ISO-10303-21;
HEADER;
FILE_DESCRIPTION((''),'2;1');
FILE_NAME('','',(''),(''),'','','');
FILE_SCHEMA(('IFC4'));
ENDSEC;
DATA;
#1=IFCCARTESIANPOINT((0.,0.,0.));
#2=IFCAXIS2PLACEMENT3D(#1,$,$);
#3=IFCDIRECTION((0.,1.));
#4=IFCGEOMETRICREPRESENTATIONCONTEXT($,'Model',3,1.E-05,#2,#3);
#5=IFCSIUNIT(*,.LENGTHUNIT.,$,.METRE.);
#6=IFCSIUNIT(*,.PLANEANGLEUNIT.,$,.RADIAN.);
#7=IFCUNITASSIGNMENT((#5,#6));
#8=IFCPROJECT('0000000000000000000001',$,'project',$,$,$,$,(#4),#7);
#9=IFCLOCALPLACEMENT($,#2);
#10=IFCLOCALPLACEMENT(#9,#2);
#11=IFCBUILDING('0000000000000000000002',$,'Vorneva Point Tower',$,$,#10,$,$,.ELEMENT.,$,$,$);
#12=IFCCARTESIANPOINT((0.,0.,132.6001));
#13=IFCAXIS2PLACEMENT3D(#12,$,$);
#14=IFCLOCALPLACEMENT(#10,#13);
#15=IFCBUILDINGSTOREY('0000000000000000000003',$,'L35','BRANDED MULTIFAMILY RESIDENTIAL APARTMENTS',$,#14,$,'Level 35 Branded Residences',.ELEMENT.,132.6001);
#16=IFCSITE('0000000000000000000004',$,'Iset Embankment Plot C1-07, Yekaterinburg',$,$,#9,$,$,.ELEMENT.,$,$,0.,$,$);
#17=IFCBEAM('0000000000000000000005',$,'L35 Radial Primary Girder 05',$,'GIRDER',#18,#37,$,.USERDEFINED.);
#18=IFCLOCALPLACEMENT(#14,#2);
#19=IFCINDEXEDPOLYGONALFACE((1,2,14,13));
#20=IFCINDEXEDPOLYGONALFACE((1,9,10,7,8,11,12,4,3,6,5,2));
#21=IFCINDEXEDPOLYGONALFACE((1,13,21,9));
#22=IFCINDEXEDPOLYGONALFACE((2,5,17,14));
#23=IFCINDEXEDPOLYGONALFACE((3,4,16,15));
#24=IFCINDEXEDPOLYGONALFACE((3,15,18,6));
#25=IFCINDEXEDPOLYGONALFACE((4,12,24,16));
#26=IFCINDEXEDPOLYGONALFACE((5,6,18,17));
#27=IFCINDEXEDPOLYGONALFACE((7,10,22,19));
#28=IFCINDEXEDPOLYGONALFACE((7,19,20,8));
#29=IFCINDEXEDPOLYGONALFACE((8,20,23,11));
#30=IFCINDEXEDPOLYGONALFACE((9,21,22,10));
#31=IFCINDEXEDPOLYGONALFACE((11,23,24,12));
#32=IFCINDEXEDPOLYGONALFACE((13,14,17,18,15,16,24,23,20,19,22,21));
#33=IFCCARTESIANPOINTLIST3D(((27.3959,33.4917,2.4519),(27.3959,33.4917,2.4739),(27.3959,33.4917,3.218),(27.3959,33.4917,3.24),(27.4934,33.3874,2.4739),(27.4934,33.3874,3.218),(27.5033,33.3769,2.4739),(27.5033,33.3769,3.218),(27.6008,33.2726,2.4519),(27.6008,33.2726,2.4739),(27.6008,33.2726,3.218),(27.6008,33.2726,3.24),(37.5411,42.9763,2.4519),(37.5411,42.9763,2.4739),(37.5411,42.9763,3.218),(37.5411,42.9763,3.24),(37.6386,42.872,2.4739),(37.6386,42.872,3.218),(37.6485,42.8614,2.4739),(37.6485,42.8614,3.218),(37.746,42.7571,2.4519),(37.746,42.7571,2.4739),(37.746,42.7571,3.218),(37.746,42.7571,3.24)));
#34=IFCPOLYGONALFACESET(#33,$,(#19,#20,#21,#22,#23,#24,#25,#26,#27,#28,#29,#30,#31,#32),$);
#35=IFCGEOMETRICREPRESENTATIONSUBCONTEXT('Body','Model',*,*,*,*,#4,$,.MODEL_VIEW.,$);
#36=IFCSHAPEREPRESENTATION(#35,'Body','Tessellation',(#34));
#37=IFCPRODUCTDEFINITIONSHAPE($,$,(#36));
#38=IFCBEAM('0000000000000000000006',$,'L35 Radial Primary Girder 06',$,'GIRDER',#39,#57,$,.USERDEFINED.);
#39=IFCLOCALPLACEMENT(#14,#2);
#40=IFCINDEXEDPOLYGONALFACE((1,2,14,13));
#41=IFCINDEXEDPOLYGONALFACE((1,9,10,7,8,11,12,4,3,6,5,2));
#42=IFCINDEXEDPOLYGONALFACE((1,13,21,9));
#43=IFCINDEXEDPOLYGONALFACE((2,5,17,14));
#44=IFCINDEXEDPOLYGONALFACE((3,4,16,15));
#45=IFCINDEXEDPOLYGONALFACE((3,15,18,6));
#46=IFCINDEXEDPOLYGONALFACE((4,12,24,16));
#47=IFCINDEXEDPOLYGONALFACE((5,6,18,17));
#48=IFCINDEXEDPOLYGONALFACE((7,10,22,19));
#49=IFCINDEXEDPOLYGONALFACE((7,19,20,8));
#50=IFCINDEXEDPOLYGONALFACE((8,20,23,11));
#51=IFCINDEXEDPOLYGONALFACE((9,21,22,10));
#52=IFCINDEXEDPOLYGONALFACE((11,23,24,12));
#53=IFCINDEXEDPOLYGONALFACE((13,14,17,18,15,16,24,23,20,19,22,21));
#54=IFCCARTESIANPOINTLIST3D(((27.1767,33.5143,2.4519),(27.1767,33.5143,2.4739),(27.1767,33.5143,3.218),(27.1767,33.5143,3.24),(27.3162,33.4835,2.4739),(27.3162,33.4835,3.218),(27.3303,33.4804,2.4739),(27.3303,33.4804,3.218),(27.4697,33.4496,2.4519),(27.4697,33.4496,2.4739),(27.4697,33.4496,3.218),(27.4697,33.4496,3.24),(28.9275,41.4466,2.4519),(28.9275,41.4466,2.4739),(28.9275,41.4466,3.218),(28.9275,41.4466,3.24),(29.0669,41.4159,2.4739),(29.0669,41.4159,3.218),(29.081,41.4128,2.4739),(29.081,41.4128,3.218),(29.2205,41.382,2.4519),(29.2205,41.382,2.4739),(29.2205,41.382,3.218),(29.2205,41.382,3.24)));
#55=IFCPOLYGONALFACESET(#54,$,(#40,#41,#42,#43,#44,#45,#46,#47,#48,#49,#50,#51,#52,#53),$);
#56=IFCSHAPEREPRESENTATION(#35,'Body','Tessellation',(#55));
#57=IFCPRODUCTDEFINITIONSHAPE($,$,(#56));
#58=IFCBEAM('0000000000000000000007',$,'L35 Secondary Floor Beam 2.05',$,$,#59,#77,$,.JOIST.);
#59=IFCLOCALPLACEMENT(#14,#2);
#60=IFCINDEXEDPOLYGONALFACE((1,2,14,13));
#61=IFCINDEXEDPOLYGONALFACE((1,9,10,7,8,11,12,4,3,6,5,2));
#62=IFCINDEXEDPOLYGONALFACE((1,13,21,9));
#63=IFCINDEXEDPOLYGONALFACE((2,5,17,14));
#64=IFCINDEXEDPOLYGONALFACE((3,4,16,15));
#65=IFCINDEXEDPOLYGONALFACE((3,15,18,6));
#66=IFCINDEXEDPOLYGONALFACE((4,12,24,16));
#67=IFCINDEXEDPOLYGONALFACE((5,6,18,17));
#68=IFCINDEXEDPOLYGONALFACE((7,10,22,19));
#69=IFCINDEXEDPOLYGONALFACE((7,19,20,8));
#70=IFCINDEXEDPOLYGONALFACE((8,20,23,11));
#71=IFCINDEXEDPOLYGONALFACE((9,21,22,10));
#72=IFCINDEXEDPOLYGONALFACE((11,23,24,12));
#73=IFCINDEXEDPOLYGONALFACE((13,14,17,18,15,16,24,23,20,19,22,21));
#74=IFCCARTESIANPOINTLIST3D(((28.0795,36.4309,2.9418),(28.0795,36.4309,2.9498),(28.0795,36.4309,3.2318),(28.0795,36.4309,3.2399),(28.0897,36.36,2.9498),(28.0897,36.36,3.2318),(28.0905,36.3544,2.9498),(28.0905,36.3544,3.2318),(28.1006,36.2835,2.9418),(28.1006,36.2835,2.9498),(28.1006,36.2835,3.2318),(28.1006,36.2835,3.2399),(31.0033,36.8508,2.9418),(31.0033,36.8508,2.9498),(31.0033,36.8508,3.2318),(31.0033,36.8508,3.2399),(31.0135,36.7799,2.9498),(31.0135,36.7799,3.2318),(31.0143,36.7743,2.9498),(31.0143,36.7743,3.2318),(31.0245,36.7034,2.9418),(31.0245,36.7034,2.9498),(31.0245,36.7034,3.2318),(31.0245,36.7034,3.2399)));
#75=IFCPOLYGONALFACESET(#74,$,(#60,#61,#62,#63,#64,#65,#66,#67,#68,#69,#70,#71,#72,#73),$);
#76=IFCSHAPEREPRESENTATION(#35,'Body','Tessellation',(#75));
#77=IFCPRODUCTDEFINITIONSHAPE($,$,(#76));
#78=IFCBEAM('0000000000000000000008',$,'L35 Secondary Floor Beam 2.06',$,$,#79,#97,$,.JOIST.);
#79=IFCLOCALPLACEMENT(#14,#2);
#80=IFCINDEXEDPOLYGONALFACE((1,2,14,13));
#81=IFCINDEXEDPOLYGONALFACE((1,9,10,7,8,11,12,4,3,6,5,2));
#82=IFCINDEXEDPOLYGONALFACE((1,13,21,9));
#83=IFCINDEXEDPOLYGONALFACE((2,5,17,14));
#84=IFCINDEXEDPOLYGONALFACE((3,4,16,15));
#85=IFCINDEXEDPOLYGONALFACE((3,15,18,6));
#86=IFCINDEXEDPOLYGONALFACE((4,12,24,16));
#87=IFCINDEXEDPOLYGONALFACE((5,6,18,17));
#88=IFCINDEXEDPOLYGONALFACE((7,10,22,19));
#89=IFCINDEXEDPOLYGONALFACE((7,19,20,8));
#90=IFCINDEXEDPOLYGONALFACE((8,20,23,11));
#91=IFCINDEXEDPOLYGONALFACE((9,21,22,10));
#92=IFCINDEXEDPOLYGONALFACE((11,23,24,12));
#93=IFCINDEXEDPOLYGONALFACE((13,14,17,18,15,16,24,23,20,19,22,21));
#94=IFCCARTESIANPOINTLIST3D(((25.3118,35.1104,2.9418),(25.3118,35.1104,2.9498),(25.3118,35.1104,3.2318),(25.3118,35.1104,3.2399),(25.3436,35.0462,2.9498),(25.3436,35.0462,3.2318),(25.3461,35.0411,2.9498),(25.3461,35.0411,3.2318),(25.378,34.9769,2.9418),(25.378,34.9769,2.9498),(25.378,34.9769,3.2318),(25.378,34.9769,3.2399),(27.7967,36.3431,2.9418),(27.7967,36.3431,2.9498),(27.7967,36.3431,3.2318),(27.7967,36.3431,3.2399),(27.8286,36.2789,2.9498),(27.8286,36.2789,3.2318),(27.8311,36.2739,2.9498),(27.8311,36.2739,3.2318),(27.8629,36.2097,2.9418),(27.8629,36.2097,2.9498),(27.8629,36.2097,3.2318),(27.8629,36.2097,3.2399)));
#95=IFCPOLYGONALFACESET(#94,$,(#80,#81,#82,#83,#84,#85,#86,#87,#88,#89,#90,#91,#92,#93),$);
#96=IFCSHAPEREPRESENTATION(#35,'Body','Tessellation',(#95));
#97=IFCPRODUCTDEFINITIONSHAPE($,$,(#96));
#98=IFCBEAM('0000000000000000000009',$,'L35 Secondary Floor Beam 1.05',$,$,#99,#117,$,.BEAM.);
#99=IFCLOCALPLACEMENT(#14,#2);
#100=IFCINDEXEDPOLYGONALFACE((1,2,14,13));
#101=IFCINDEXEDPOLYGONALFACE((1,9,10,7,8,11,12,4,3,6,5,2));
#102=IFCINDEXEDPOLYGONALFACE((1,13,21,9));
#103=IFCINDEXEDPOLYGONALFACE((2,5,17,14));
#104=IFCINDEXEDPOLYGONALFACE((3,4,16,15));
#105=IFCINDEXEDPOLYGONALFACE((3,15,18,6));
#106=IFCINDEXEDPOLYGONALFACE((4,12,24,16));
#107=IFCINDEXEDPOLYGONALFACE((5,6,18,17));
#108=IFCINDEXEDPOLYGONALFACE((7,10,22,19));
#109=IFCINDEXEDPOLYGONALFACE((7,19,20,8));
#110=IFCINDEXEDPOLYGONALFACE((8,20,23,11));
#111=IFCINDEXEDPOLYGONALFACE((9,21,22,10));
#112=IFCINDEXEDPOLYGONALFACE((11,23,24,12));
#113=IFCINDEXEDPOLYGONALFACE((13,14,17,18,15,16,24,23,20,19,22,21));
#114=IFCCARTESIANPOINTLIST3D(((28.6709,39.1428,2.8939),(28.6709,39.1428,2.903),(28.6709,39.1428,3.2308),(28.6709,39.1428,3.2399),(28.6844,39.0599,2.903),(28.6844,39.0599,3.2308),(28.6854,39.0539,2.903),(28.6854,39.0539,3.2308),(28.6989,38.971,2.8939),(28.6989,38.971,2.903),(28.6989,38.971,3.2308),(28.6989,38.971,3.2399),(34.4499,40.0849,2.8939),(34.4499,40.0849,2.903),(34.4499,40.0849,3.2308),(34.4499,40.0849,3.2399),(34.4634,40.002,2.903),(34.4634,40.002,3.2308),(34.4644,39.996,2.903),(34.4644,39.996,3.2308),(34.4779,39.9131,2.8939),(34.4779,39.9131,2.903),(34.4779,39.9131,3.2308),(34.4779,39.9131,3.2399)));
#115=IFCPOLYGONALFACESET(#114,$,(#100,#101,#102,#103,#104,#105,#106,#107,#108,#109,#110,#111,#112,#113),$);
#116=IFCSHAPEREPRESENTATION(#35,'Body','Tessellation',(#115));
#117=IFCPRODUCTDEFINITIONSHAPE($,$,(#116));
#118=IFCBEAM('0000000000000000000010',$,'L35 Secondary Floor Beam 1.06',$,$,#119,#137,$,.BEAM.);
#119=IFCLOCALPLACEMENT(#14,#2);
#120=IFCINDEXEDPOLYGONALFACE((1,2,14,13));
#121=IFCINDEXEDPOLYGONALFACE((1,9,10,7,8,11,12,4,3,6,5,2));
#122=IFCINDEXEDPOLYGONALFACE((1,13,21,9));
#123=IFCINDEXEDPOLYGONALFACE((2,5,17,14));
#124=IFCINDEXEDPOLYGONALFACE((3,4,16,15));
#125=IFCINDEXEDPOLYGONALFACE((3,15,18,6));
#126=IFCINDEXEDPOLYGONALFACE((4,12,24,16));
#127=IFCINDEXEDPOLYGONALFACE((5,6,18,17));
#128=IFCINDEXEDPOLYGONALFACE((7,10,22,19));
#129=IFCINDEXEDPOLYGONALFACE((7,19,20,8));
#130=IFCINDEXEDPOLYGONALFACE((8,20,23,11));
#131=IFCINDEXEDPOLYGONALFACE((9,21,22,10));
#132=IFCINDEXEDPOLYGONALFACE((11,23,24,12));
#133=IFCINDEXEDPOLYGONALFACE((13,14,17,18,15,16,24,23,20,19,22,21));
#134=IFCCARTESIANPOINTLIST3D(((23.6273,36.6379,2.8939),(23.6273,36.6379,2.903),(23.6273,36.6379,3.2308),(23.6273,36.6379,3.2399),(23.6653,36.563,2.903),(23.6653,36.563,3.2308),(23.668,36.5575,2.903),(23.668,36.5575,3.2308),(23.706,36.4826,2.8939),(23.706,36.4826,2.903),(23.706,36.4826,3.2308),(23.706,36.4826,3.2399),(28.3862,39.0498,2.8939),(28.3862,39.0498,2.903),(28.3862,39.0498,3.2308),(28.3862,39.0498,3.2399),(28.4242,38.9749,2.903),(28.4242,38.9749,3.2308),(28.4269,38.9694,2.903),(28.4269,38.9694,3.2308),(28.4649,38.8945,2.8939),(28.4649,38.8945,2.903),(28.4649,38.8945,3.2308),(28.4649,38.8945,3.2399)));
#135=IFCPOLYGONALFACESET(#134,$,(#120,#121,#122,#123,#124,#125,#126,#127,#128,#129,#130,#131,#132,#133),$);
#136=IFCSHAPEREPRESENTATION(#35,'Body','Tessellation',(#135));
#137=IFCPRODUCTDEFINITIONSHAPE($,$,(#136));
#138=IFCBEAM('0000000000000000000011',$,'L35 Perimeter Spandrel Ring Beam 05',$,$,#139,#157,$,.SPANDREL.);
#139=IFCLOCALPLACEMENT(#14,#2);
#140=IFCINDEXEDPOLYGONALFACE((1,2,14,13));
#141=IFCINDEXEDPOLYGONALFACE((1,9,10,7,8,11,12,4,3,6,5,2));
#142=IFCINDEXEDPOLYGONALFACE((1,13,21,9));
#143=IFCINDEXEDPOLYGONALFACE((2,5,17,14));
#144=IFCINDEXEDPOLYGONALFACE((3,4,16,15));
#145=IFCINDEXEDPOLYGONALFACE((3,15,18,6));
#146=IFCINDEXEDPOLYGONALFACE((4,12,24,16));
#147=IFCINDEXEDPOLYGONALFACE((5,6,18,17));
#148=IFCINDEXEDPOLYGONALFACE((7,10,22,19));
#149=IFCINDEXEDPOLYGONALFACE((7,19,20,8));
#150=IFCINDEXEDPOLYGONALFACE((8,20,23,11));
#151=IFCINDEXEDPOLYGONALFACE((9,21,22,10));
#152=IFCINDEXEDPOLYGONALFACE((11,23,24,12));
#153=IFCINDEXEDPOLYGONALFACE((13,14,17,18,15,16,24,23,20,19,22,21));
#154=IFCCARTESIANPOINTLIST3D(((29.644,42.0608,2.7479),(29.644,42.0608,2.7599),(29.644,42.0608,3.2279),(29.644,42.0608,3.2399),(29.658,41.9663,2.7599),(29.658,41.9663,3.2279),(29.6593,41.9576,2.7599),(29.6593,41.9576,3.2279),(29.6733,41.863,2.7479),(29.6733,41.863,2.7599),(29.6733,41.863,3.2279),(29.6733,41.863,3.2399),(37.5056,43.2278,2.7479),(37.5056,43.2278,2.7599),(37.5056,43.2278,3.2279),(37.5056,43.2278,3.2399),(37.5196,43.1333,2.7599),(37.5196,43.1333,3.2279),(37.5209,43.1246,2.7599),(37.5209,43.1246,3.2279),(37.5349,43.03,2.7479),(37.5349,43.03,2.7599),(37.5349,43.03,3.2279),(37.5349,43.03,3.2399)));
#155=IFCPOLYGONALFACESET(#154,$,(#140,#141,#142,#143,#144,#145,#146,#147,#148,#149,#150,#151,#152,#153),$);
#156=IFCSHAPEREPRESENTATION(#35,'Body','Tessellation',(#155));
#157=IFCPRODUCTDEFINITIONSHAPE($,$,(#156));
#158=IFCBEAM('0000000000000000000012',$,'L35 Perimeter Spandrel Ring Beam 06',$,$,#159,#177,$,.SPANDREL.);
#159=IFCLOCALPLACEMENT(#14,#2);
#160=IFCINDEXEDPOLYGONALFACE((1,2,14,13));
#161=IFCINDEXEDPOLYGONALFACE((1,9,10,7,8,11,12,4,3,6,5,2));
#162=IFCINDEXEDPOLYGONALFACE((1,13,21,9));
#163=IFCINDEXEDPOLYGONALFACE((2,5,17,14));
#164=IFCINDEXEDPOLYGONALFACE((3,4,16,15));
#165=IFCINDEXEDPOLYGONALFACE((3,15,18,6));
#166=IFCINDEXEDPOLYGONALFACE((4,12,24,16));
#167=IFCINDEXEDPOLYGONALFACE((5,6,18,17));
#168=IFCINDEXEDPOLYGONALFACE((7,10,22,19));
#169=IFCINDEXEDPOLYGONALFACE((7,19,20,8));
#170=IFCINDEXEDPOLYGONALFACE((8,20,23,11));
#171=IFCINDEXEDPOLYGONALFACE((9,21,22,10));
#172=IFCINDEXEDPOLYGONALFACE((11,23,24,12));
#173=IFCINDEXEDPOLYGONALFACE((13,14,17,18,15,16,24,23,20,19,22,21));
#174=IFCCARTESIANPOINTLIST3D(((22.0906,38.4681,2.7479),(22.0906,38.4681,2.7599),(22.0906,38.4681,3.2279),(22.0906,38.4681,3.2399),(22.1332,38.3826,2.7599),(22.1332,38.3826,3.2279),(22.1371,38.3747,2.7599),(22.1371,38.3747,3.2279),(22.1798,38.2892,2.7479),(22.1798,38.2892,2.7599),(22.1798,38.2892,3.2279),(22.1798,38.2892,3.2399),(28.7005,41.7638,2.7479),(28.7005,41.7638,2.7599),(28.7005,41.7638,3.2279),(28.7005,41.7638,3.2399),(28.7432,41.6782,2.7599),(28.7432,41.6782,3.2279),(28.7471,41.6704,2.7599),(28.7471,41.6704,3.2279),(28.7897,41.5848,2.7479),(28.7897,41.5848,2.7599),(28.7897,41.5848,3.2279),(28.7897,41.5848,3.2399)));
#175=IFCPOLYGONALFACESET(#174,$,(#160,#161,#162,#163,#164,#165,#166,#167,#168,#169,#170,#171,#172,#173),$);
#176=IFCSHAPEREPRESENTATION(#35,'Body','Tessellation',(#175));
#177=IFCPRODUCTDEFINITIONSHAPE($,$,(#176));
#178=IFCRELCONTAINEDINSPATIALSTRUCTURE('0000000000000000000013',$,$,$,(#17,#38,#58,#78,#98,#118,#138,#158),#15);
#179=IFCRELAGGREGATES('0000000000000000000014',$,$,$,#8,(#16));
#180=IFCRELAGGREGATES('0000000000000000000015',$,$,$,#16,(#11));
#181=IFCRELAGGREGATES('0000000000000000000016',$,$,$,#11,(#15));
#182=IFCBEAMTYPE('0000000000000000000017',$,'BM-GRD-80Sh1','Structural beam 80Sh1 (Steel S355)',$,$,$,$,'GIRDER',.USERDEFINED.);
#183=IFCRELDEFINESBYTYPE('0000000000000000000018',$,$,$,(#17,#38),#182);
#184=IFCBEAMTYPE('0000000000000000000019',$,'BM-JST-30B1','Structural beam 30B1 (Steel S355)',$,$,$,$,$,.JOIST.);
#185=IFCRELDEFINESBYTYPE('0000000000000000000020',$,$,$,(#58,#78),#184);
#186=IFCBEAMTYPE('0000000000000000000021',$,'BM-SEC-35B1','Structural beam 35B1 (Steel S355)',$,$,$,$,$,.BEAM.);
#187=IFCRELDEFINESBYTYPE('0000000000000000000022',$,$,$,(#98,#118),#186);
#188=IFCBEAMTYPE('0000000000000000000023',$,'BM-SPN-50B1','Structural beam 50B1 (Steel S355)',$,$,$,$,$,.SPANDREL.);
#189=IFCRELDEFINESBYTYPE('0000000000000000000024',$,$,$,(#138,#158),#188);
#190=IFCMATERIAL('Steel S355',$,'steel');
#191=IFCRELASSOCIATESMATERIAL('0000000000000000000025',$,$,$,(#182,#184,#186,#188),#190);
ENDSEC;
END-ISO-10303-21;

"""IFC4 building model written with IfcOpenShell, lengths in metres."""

from ifc_helpers import new_model, si_unit, direction, frame, origin, origin_2d, place, context, subcontext, project, spatial, i_section, extrude, material, material_profile, profile_set, type_object, element, save


model = new_model("IFC4")

# Units and contexts
model_context = context("Model", 3, precision=1e-05, world=origin(), true_north=direction((0.0, 1.0)))
body_context = subcontext(model_context, "Body", "Model", "MODEL_VIEW")
ifc_project = project(units=[si_unit("LENGTHUNIT", "METRE"), si_unit("PLANEANGLEUNIT", "RADIAN")], contexts=[model_context])

# Site, building, storey
site_placement = place(None, origin())
site = spatial("IfcSite", under=ifc_project, at=site_placement, Name="Iset Embankment Plot C1-07, Yekaterinburg", CompositionType="ELEMENT", RefElevation=0.0)
building_placement = place(site_placement, origin())
building = spatial("IfcBuilding", under=site, at=building_placement, Name="Vorneva Point Tower", CompositionType="ELEMENT")
storey_placement = place(building_placement, frame((0.0, 0.0, 132.6001)))
storey = spatial("IfcBuildingStorey", under=building, at=storey_placement, Name="L35", Description="BRANDED MULTIFAMILY RESIDENTIAL APARTMENTS", LongName="Level 35 Branded Residences", CompositionType="ELEMENT", Elevation=132.6001)

# Beams
ifc_material_1 = material(Name="Steel S355", Category="steel")
ifc_material_profile_1 = material_profile(ifc_material_1, i_section(OverallWidth=0.3, OverallDepth=0.7881, WebThickness=0.0144, FlangeThickness=0.022, at=origin_2d()), Name="80Sh1")
ifc_profile_set_1 = profile_set([ifc_material_profile_1], Name="Steel S355")
beam_type_1 = type_object("IfcBeamType", Name="BM-GRD-80Sh1", Description="Structural beam 80Sh1 (Steel S355)", ElementType="GIRDER", PredefinedType="USERDEFINED", material=ifc_profile_set_1)
beam_1_placement = place(storey_placement, frame((37.6436, 42.8667, 2.8459), z_axis=(-0.730491, -0.682922, 0.0), x_axis=(0.682922, -0.730491, 0.0)))
element("IfcBeam", 1, at=beam_1_placement, inside=storey, type_object=beam_type_1, Name="L35 Radial Primary Girder 05", ObjectType="GIRDER", PredefinedType="USERDEFINED", context=body_context, shape_type="SweptSolid", body=[
    extrude(i_section(OverallWidth=0.3, OverallDepth=0.7881, WebThickness=0.0144, FlangeThickness=0.022, at=origin_2d()), origin(), (0.0, 0.0, 1.0), 13.8882),
])
beam_2_placement = place(storey_placement, frame((29.074, 41.4143, 2.8459), z_axis=(-0.215521, -0.976499, 0.0), x_axis=(0.976499, -0.215521, 0.0)))
element("IfcBeam", 2, at=beam_2_placement, inside=storey, type_object=beam_type_1, Name="L35 Radial Primary Girder 06", ObjectType="GIRDER", PredefinedType="USERDEFINED", context=body_context, shape_type="SweptSolid", body=[
    extrude(i_section(OverallWidth=0.3, OverallDepth=0.7881, WebThickness=0.0144, FlangeThickness=0.022, at=origin_2d()), origin(), (0.0, 0.0, 1.0), 8.1233),
])
ifc_material_profile_2 = material_profile(ifc_material_1, i_section(OverallWidth=0.1489, OverallDepth=0.2981, WebThickness=0.0056, FlangeThickness=0.0081, at=origin_2d()), Name="30B1")
ifc_profile_set_2 = profile_set([ifc_material_profile_2], Name="Steel S355")
beam_type_2 = type_object("IfcBeamType", Name="BM-JST-30B1", Description="Structural beam 30B1 (Steel S355)", PredefinedType="JOIST", material=ifc_profile_set_2)
beam_3_placement = place(storey_placement, frame((31.0139, 36.7771, 3.0908), z_axis=(-0.989843, -0.142162, 0.0), x_axis=(0.142162, -0.989843, 0.0)))
element("IfcBeam", 3, at=beam_3_placement, inside=storey, type_object=beam_type_2, Name="L35 Secondary Floor Beam 2.05", PredefinedType="JOIST", context=body_context, shape_type="SweptSolid", body=[
    extrude(i_section(OverallWidth=0.1489, OverallDepth=0.2981, WebThickness=0.0056, FlangeThickness=0.0081, at=origin_2d()), origin(), (0.0, 0.0, 1.0), 2.9539),
])
beam_4_placement = place(storey_placement, frame((27.8298, 36.2764, 3.0908), z_axis=(-0.895831, -0.444395, 0.0), x_axis=(0.444395, -0.895831, 0.0)))
element("IfcBeam", 4, at=beam_4_placement, inside=storey, type_object=beam_type_2, Name="L35 Secondary Floor Beam 2.06", PredefinedType="JOIST", context=body_context, shape_type="SweptSolid", body=[
    extrude(i_section(OverallWidth=0.1489, OverallDepth=0.2981, WebThickness=0.0056, FlangeThickness=0.0081, at=origin_2d()), origin(), (0.0, 0.0, 1.0), 2.7739),
])
ifc_material_profile_3 = material_profile(ifc_material_1, i_section(OverallWidth=0.1741, OverallDepth=0.3459, WebThickness=0.0061, FlangeThickness=0.009, at=origin_2d()), Name="35B1")
ifc_profile_set_3 = profile_set([ifc_material_profile_3], Name="Steel S355")
beam_type_3 = type_object("IfcBeamType", Name="BM-SEC-35B1", Description="Structural beam 35B1 (Steel S355)", PredefinedType="BEAM", material=ifc_profile_set_3)
beam_5_placement = place(storey_placement, frame((34.4639, 39.999, 3.0669), z_axis=(-0.98697, -0.160902, 0.0), x_axis=(0.160902, -0.98697, 0.0)))
element("IfcBeam", 5, at=beam_5_placement, inside=storey, type_object=beam_type_3, Name="L35 Secondary Floor Beam 1.05", PredefinedType="BEAM", context=body_context, shape_type="SweptSolid", body=[
    extrude(i_section(OverallWidth=0.1741, OverallDepth=0.3459, WebThickness=0.0061, FlangeThickness=0.009, at=origin_2d()), origin(), (0.0, 0.0, 1.0), 5.8552),
])
beam_6_placement = place(storey_placement, frame((28.4255, 38.9722, 3.0669), z_axis=(-0.891979, -0.452076, 0.0), x_axis=(0.452076, -0.891979, 0.0)))
element("IfcBeam", 6, at=beam_6_placement, inside=storey, type_object=beam_type_3, Name="L35 Secondary Floor Beam 1.06", PredefinedType="BEAM", context=body_context, shape_type="SweptSolid", body=[
    extrude(i_section(OverallWidth=0.1741, OverallDepth=0.3459, WebThickness=0.0061, FlangeThickness=0.009, at=origin_2d()), origin(), (0.0, 0.0, 1.0), 5.3352),
])
ifc_material_profile_4 = material_profile(ifc_material_1, i_section(OverallWidth=0.2, OverallDepth=0.4919, WebThickness=0.0088, FlangeThickness=0.012, at=origin_2d()), Name="50B1")
ifc_profile_set_4 = profile_set([ifc_material_profile_4], Name="Steel S355")
beam_type_4 = type_object("IfcBeamType", Name="BM-SPN-50B1", Description="Structural beam 50B1 (Steel S355)", PredefinedType="SPANDREL", material=ifc_profile_set_4)
beam_7_placement = place(storey_placement, frame((37.5203, 43.1289, 2.9939), z_axis=(-0.989161, -0.146834, 0.0), x_axis=(0.146834, -0.989161, 0.0)))
element("IfcBeam", 7, at=beam_7_placement, inside=storey, type_object=beam_type_4, Name="L35 Perimeter Spandrel Ring Beam 05", PredefinedType="SPANDREL", context=body_context, shape_type="SweptSolid", body=[
    extrude(i_section(OverallWidth=0.2, OverallDepth=0.4919, WebThickness=0.0088, FlangeThickness=0.012, at=origin_2d()), origin(), (0.0, 0.0, 1.0), 7.9478),
])
beam_8_placement = place(storey_placement, frame((28.7451, 41.6743, 2.9939), z_axis=(-0.894929, -0.446208, 0.0), x_axis=(0.446208, -0.894929, 0.0)))
element("IfcBeam", 8, at=beam_8_placement, inside=storey, type_object=beam_type_4, Name="L35 Perimeter Spandrel Ring Beam 06", PredefinedType="SPANDREL", context=body_context, shape_type="SweptSolid", body=[
    extrude(i_section(OverallWidth=0.2, OverallDepth=0.4919, WebThickness=0.0088, FlangeThickness=0.012, at=origin_2d()), origin(), (0.0, 0.0, 1.0), 7.386),
])

save(model, "model.ifc")
